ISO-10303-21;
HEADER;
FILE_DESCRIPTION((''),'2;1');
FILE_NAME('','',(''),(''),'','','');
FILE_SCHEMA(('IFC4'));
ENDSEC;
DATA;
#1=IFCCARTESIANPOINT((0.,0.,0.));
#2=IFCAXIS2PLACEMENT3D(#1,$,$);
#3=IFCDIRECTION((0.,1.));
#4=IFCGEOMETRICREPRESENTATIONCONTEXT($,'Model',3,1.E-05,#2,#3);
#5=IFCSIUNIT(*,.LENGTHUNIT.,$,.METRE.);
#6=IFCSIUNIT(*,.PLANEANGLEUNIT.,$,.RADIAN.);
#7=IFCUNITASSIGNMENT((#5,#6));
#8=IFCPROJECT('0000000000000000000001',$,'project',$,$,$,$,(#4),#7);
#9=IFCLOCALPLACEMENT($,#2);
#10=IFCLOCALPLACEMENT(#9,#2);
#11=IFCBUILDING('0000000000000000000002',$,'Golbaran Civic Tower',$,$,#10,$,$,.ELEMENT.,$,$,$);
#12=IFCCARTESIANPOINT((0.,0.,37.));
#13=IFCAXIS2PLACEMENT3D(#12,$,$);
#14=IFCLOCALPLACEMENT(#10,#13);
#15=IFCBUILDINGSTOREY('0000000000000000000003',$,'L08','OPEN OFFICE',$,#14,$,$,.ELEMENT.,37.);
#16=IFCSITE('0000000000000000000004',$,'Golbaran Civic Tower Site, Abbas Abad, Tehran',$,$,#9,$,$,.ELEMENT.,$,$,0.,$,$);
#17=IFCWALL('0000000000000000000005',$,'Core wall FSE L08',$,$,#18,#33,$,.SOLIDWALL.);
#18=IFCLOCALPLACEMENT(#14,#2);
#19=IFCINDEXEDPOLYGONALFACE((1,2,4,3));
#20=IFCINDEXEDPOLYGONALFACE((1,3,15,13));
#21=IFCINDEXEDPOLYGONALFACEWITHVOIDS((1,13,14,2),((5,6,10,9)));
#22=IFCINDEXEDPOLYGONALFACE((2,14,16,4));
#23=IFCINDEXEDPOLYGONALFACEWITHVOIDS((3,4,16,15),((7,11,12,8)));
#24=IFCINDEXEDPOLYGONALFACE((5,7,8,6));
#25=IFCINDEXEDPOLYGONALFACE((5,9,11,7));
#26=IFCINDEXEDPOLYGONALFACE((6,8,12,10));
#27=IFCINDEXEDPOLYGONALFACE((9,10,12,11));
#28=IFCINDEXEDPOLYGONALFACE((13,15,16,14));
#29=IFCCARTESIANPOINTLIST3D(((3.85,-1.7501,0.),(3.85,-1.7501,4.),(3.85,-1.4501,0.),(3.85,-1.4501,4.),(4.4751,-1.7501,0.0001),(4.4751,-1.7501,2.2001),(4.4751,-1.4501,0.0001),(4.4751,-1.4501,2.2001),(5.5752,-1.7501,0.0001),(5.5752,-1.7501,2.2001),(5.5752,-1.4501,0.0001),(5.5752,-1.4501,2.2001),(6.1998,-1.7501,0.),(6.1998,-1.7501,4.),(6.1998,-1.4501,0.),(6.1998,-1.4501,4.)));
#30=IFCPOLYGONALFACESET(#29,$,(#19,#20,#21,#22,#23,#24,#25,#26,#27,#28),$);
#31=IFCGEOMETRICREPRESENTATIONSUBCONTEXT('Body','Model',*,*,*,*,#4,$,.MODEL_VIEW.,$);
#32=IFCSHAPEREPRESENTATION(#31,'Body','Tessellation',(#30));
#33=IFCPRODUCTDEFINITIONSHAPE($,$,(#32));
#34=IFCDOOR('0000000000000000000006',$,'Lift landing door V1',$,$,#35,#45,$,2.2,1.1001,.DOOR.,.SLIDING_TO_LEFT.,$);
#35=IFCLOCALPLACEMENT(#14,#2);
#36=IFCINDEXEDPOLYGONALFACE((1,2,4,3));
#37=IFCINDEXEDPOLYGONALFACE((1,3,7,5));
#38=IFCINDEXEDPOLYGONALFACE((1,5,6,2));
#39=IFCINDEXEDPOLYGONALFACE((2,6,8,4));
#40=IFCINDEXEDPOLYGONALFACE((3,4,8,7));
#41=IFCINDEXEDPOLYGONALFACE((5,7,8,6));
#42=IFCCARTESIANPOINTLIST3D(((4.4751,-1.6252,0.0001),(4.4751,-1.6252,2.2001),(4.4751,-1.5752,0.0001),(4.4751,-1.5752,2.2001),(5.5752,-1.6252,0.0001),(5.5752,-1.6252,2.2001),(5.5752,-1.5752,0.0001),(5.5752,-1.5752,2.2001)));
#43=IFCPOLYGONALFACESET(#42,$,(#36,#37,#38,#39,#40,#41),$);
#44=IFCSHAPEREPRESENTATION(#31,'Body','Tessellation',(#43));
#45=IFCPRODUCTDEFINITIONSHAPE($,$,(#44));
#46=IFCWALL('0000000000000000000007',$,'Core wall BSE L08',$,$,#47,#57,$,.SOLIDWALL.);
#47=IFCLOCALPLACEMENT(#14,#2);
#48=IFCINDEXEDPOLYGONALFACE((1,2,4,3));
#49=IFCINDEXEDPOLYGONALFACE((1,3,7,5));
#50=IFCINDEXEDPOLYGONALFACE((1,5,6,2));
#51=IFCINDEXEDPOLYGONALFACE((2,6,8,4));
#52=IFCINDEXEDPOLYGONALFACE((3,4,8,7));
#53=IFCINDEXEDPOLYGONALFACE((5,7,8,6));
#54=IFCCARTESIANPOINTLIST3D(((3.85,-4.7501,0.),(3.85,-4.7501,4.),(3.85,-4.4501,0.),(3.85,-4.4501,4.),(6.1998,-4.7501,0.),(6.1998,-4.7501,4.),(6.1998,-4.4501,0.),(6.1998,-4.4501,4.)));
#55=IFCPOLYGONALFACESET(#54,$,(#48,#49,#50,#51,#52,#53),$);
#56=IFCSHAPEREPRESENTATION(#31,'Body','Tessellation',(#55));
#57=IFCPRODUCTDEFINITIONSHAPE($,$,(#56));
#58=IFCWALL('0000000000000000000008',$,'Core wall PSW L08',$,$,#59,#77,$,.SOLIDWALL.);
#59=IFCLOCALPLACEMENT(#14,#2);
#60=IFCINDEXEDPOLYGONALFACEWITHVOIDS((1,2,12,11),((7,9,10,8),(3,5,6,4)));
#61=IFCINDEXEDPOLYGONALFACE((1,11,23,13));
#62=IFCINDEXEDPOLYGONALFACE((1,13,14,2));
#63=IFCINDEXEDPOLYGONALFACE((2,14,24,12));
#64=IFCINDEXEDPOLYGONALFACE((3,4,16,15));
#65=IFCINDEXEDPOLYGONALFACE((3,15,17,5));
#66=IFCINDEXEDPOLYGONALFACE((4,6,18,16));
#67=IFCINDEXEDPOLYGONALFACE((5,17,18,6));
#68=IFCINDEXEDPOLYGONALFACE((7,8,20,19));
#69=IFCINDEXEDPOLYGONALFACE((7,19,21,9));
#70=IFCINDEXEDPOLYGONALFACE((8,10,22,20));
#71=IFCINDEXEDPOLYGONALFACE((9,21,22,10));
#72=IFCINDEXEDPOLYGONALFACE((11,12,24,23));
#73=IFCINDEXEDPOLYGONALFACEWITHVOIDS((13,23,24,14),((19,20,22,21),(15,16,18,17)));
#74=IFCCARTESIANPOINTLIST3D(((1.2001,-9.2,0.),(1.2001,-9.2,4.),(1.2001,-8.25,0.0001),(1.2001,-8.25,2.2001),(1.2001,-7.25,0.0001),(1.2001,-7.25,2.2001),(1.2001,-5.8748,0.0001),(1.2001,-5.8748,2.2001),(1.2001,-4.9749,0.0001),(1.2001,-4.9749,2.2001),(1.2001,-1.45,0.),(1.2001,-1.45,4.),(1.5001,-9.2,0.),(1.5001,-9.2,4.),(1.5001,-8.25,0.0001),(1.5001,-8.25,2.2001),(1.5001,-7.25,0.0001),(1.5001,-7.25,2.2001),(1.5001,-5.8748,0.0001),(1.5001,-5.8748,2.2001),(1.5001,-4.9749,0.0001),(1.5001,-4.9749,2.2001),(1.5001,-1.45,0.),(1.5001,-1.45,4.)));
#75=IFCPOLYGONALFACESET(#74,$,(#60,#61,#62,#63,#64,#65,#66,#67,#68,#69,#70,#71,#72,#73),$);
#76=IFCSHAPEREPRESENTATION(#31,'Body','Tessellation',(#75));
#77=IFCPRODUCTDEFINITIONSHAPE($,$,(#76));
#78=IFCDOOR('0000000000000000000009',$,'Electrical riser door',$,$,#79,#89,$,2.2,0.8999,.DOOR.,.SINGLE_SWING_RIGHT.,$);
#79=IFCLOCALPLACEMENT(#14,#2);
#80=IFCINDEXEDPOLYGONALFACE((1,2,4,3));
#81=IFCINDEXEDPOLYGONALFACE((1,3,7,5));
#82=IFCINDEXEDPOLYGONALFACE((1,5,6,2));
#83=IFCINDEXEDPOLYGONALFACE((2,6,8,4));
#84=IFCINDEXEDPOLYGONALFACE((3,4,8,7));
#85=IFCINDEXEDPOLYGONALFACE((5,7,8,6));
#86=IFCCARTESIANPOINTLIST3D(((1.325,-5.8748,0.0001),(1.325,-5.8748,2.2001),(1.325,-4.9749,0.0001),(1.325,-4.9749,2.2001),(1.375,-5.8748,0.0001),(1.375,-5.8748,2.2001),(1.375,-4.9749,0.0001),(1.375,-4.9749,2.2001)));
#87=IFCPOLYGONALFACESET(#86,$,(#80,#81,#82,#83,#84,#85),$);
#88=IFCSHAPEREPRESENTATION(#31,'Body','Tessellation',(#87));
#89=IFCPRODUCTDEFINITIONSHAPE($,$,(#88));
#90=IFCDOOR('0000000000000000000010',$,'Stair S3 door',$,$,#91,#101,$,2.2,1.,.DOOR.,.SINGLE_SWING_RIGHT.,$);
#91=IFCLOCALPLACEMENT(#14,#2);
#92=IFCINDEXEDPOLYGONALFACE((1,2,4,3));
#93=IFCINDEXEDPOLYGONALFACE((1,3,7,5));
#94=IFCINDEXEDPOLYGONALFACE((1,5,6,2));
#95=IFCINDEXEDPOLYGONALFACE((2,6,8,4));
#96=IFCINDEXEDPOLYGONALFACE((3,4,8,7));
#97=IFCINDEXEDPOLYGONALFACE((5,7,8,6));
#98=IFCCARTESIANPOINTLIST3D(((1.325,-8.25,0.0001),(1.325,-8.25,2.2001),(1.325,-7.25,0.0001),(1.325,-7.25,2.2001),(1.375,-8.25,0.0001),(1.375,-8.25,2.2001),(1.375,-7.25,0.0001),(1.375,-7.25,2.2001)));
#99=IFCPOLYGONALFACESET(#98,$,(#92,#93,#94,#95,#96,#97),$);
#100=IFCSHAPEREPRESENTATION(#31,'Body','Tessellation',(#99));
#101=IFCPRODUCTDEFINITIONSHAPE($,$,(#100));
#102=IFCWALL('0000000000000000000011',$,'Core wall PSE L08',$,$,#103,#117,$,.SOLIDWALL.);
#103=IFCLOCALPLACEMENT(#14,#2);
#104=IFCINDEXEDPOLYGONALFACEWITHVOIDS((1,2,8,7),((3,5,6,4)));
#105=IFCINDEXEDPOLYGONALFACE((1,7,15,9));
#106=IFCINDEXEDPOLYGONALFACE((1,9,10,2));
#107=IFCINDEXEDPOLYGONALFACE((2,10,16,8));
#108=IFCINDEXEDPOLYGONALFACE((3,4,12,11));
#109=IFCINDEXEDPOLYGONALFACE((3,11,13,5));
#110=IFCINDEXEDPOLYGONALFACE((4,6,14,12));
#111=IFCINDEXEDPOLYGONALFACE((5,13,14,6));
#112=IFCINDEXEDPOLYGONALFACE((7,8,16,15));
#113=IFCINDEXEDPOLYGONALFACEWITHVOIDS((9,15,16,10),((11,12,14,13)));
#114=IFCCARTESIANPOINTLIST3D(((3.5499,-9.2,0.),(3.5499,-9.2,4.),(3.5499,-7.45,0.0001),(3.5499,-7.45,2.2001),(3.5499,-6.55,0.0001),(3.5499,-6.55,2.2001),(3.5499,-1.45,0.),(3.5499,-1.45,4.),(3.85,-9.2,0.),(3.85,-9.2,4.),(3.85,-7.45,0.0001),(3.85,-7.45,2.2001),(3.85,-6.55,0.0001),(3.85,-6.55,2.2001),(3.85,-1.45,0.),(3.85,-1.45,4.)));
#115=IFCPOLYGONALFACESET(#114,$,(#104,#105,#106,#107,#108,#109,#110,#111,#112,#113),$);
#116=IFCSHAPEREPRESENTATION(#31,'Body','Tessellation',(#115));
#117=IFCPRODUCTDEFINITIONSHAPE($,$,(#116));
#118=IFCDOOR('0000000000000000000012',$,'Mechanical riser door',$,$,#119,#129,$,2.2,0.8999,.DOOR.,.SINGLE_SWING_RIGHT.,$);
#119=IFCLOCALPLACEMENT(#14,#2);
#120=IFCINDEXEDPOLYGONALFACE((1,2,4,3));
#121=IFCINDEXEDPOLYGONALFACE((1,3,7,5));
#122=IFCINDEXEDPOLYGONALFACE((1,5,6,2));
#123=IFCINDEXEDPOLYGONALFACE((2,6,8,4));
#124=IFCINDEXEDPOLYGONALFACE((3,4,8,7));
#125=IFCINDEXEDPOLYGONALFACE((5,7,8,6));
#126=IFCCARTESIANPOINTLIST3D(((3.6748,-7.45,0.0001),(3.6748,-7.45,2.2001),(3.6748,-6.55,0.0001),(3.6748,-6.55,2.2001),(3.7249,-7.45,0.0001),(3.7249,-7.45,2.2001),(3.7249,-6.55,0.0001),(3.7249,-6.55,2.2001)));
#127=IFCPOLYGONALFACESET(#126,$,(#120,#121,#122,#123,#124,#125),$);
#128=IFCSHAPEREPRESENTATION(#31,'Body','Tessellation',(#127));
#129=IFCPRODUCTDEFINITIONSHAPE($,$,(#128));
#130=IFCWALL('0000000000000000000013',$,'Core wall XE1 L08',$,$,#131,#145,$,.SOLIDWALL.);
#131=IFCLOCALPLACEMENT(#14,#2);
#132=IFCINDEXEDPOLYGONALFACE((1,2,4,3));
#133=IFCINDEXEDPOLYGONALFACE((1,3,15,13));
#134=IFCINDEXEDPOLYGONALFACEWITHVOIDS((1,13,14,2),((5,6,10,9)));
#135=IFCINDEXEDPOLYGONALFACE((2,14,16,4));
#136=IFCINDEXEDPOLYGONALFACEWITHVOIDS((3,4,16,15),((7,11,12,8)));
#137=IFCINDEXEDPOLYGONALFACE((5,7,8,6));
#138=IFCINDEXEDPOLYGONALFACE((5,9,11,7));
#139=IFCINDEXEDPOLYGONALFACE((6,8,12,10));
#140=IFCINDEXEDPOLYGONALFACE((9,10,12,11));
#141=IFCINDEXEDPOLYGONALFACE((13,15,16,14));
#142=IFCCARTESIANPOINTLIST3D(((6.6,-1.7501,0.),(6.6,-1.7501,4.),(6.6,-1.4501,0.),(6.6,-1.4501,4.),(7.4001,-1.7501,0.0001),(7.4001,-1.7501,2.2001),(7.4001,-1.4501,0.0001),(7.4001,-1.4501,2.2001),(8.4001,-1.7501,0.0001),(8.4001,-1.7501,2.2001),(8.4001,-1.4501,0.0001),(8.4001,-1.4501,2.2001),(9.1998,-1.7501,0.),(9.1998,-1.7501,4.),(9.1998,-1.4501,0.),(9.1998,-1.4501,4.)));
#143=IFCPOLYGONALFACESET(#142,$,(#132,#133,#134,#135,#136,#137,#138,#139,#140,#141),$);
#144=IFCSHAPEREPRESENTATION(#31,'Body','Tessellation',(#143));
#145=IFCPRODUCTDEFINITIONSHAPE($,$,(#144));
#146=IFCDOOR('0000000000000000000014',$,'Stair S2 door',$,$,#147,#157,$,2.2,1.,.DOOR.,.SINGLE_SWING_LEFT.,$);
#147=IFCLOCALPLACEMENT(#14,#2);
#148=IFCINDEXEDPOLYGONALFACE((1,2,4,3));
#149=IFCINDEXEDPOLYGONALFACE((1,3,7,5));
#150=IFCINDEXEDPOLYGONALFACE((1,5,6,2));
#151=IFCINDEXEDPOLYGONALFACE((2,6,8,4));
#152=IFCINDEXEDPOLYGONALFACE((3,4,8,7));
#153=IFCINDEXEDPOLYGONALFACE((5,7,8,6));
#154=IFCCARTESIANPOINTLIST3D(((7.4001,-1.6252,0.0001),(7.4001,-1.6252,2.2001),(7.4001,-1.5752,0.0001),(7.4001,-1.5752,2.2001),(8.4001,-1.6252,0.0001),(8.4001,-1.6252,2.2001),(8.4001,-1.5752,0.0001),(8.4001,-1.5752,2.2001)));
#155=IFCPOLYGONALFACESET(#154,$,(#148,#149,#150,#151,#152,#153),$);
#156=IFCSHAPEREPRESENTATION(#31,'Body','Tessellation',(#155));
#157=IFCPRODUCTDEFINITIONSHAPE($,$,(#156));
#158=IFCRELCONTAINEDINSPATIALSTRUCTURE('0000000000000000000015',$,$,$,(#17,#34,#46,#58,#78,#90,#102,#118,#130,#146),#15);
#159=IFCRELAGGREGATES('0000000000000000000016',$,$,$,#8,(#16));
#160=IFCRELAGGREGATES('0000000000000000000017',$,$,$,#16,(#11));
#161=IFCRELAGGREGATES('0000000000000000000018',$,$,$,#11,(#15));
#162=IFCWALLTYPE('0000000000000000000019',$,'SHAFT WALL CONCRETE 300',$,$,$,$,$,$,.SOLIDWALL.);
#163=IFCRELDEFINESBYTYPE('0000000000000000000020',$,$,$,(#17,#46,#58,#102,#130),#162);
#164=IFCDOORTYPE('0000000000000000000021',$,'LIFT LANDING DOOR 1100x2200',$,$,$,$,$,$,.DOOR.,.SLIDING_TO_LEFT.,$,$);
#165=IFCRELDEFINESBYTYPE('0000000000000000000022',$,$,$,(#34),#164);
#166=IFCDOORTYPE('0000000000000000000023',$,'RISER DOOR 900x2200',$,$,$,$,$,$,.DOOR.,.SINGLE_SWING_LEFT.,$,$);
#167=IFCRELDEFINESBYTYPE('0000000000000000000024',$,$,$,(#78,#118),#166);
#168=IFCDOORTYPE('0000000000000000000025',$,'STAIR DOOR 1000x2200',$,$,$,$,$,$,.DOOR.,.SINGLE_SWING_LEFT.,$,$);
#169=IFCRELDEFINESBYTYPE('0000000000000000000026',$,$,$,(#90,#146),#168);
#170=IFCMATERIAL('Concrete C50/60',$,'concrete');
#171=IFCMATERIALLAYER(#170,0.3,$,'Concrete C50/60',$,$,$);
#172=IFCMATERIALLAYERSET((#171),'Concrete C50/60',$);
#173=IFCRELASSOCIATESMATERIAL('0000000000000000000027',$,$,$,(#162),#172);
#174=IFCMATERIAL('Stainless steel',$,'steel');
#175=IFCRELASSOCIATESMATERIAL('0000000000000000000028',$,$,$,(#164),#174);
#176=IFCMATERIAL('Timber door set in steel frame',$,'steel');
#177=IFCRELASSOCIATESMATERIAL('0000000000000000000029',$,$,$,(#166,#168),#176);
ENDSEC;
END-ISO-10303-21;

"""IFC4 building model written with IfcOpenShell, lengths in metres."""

from ifc_helpers import new_model, si_unit, direction, frame, frame_2d, origin, place, context, subcontext, project, spatial, rectangle, extrude, material, layer, layer_set, type_object, element, fill, save


model = new_model("IFC4")

# Units and contexts
model_context = context("Model", 3, precision=1e-05, world=origin(), true_north=direction((0.0, 1.0)))
body_context = subcontext(model_context, "Body", "Model", "MODEL_VIEW")
ifc_project = project(units=[si_unit("LENGTHUNIT", "METRE"), si_unit("PLANEANGLEUNIT", "RADIAN")], contexts=[model_context])

# Site, building, storey
site_placement = place(None, origin())
site = spatial("IfcSite", under=ifc_project, at=site_placement, Name="Golbaran Civic Tower Site, Abbas Abad, Tehran", CompositionType="ELEMENT", RefElevation=0.0)
building_placement = place(site_placement, origin())
building = spatial("IfcBuilding", under=site, at=building_placement, Name="Golbaran Civic Tower", CompositionType="ELEMENT")
storey_placement = place(building_placement, frame((0.0, 0.0, 37.0)))
storey = spatial("IfcBuildingStorey", under=building, at=storey_placement, Name="L08", Description="OPEN OFFICE", CompositionType="ELEMENT", Elevation=37.0)

# Shared definitions
ifc_material_1 = material(Name="Timber door set in steel frame", Category="steel")

# Wall, opening, door
ifc_material_2 = material(Name="Concrete C50/60", Category="concrete")
ifc_layer_1 = layer(ifc_material_2, 0.3, Name="Concrete C50/60")
ifc_layer_set_1 = layer_set([ifc_layer_1], Name="Concrete C50/60")
wall_type_1 = type_object("IfcWallType", Name="SHAFT WALL CONCRETE 300", PredefinedType="SOLIDWALL", material=ifc_layer_set_1)
wall_1_placement = place(storey_placement, frame((3.8501, -1.6001, 0.0), z_axis=(0.0, 0.0, 1.0), x_axis=(1.0, 0.0, 0.0)))
wall_1 = element("IfcWall", 1, at=wall_1_placement, inside=storey, type_object=wall_type_1, Name="Core wall FSE L08", PredefinedType="SOLIDWALL", context=body_context, shape_type="SweptSolid", body=[
    extrude(rectangle(XDim=2.3499, YDim=0.3, at=frame_2d((1.1748, 0.0))), origin(), (0.0, 0.0, 1.0), 4.0),
])
opening_1_placement = place(wall_1_placement, frame((0.625, 0.0, 0.0)))
opening_1 = element("IfcOpeningElement", 2, at=opening_1_placement, cuts=wall_1, PredefinedType="OPENING", context=body_context, shape_type="SweptSolid", body=[
    extrude(rectangle(XDim=1.1001, YDim=2.2, at=frame_2d((0.55, 1.1001))), frame((0.0, 0.1599, 0.0), z_axis=(0.0, -1.0, 0.0), x_axis=(1.0, 0.0, 0.0)), (0.0, 0.0, 1.0), 0.3201),
])
ifc_material_3 = material(Name="Stainless steel", Category="steel")
door_type_1 = type_object("IfcDoorType", Name="LIFT LANDING DOOR 1100x2200", OperationType="SLIDING_TO_LEFT", PredefinedType="DOOR", material=ifc_material_3)
door_1_placement = place(opening_1_placement, origin())
door_1 = element("IfcDoor", 3, at=door_1_placement, inside=storey, type_object=door_type_1, Name="Lift landing door V1", OperationType="SLIDING_TO_LEFT", OverallHeight=2.2, OverallWidth=1.1001, PredefinedType="DOOR", context=body_context, shape_type="SweptSolid", body=[
    extrude(rectangle(XDim=1.1001, YDim=2.2, at=frame_2d((0.55, 1.1001))), frame((0.0, 0.0249, 0.0), z_axis=(0.0, -1.0, 0.0), x_axis=(1.0, 0.0, 0.0)), (0.0, 0.0, 1.0), 0.05),
])
fill(opening_1, door_1)

# Wall
wall_2_placement = place(storey_placement, frame((3.8501, -4.6001, 0.0), z_axis=(0.0, 0.0, 1.0), x_axis=(1.0, 0.0, 0.0)))
element("IfcWall", 4, at=wall_2_placement, inside=storey, type_object=wall_type_1, Name="Core wall BSE L08", PredefinedType="SOLIDWALL", context=body_context, shape_type="SweptSolid", body=[
    extrude(rectangle(XDim=2.3499, YDim=0.3, at=frame_2d((1.1748, 0.0))), origin(), (0.0, 0.0, 1.0), 4.0),
])

# Wall, openings, doors
wall_3_placement = place(storey_placement, frame((1.3501, -1.45, 0.0), z_axis=(0.0, 0.0, 1.0), x_axis=(0.0, -1.0, 0.0)))
wall_3 = element("IfcWall", 5, at=wall_3_placement, inside=storey, type_object=wall_type_1, Name="Core wall PSW L08", PredefinedType="SOLIDWALL", context=body_context, shape_type="SweptSolid", body=[
    extrude(rectangle(XDim=7.75, YDim=0.3, at=frame_2d((3.875, 0.0))), origin(), (0.0, 0.0, 1.0), 4.0),
])
opening_2_placement = place(wall_3_placement, frame((5.8, 0.0, 0.0)))
opening_2 = element("IfcOpeningElement", 6, at=opening_2_placement, cuts=wall_3, PredefinedType="OPENING", context=body_context, shape_type="SweptSolid", body=[
    extrude(rectangle(XDim=1.0, YDim=2.2, at=frame_2d((0.5, 1.1001))), frame((0.0, 0.1599, 0.0), z_axis=(0.0, -1.0, 0.0), x_axis=(1.0, 0.0, 0.0)), (0.0, 0.0, 1.0), 0.3201),
])
opening_3_placement = place(wall_3_placement, frame((3.5249, 0.0, 0.0)))
opening_3 = element("IfcOpeningElement", 7, at=opening_3_placement, cuts=wall_3, PredefinedType="OPENING", context=body_context, shape_type="SweptSolid", body=[
    extrude(rectangle(XDim=0.8999, YDim=2.2, at=frame_2d((0.45, 1.1001))), frame((0.0, 0.1599, 0.0), z_axis=(0.0, -1.0, 0.0), x_axis=(1.0, 0.0, 0.0)), (0.0, 0.0, 1.0), 0.3201),
])
door_type_2 = type_object("IfcDoorType", Name="RISER DOOR 900x2200", OperationType="SINGLE_SWING_LEFT", PredefinedType="DOOR", material=ifc_material_1)
door_2_placement = place(opening_3_placement, origin())
door_2 = element("IfcDoor", 8, at=door_2_placement, inside=storey, type_object=door_type_2, Name="Electrical riser door", OperationType="SINGLE_SWING_RIGHT", OverallHeight=2.2, OverallWidth=0.8999, PredefinedType="DOOR", context=body_context, shape_type="SweptSolid", body=[
    extrude(rectangle(XDim=0.8999, YDim=2.2, at=frame_2d((0.45, 1.1001))), frame((0.0, 0.0249, 0.0), z_axis=(0.0, -1.0, 0.0), x_axis=(1.0, 0.0, 0.0)), (0.0, 0.0, 1.0), 0.05),
])
fill(opening_3, door_2)
door_type_3 = type_object("IfcDoorType", Name="STAIR DOOR 1000x2200", OperationType="SINGLE_SWING_LEFT", PredefinedType="DOOR", material=ifc_material_1)
door_3_placement = place(opening_2_placement, origin())
door_3 = element("IfcDoor", 9, at=door_3_placement, inside=storey, type_object=door_type_3, Name="Stair S3 door", OperationType="SINGLE_SWING_RIGHT", OverallHeight=2.2, OverallWidth=1.0, PredefinedType="DOOR", context=body_context, shape_type="SweptSolid", body=[
    extrude(rectangle(XDim=1.0, YDim=2.2, at=frame_2d((0.5, 1.1001))), frame((0.0, 0.0249, 0.0), z_axis=(0.0, -1.0, 0.0), x_axis=(1.0, 0.0, 0.0)), (0.0, 0.0, 1.0), 0.05),
])
fill(opening_2, door_3)

# Walls, openings, doors
wall_4_placement = place(storey_placement, frame((3.7, -1.45, 0.0), z_axis=(0.0, 0.0, 1.0), x_axis=(0.0, -1.0, 0.0)))
wall_4 = element("IfcWall", 10, at=wall_4_placement, inside=storey, type_object=wall_type_1, Name="Core wall PSE L08", PredefinedType="SOLIDWALL", context=body_context, shape_type="SweptSolid", body=[
    extrude(rectangle(XDim=7.75, YDim=0.3, at=frame_2d((3.875, 0.0))), origin(), (0.0, 0.0, 1.0), 4.0),
])
opening_4_placement = place(wall_4_placement, frame((5.1001, 0.0, 0.0)))
opening_4 = element("IfcOpeningElement", 11, at=opening_4_placement, cuts=wall_4, PredefinedType="OPENING", context=body_context, shape_type="SweptSolid", body=[
    extrude(rectangle(XDim=0.8999, YDim=2.2, at=frame_2d((0.45, 1.1001))), frame((0.0, 0.1599, 0.0), z_axis=(0.0, -1.0, 0.0), x_axis=(1.0, 0.0, 0.0)), (0.0, 0.0, 1.0), 0.3201),
])
door_4_placement = place(opening_4_placement, origin())
door_4 = element("IfcDoor", 12, at=door_4_placement, inside=storey, type_object=door_type_2, Name="Mechanical riser door", OperationType="SINGLE_SWING_RIGHT", OverallHeight=2.2, OverallWidth=0.8999, PredefinedType="DOOR", context=body_context, shape_type="SweptSolid", body=[
    extrude(rectangle(XDim=0.8999, YDim=2.2, at=frame_2d((0.45, 1.1001))), frame((0.0, 0.0249, 0.0), z_axis=(0.0, -1.0, 0.0), x_axis=(1.0, 0.0, 0.0)), (0.0, 0.0, 1.0), 0.05),
])
fill(opening_4, door_4)
wall_5_placement = place(storey_placement, frame((6.6001, -1.6001, 0.0), z_axis=(0.0, 0.0, 1.0), x_axis=(1.0, 0.0, 0.0)))
wall_5 = element("IfcWall", 13, at=wall_5_placement, inside=storey, type_object=wall_type_1, Name="Core wall XE1 L08", PredefinedType="SOLIDWALL", context=body_context, shape_type="SweptSolid", body=[
    extrude(rectangle(XDim=2.5999, YDim=0.3, at=frame_2d((1.2998, 0.0))), origin(), (0.0, 0.0, 1.0), 4.0),
])
opening_5_placement = place(wall_5_placement, frame((0.8, 0.0, 0.0)))
opening_5 = element("IfcOpeningElement", 14, at=opening_5_placement, cuts=wall_5, PredefinedType="OPENING", context=body_context, shape_type="SweptSolid", body=[
    extrude(rectangle(XDim=1.0, YDim=2.2, at=frame_2d((0.5, 1.1001))), frame((0.0, 0.1599, 0.0), z_axis=(0.0, -1.0, 0.0), x_axis=(1.0, 0.0, 0.0)), (0.0, 0.0, 1.0), 0.3201),
])
door_5_placement = place(opening_5_placement, origin())
door_5 = element("IfcDoor", 15, at=door_5_placement, inside=storey, type_object=door_type_3, Name="Stair S2 door", OperationType="SINGLE_SWING_LEFT", OverallHeight=2.2, OverallWidth=1.0, PredefinedType="DOOR", context=body_context, shape_type="SweptSolid", body=[
    extrude(rectangle(XDim=1.0, YDim=2.2, at=frame_2d((0.5, 1.1001))), frame((0.0, 0.0249, 0.0), z_axis=(0.0, -1.0, 0.0), x_axis=(1.0, 0.0, 0.0)), (0.0, 0.0, 1.0), 0.05),
])
fill(opening_5, door_5)

save(model, "model.ifc")
